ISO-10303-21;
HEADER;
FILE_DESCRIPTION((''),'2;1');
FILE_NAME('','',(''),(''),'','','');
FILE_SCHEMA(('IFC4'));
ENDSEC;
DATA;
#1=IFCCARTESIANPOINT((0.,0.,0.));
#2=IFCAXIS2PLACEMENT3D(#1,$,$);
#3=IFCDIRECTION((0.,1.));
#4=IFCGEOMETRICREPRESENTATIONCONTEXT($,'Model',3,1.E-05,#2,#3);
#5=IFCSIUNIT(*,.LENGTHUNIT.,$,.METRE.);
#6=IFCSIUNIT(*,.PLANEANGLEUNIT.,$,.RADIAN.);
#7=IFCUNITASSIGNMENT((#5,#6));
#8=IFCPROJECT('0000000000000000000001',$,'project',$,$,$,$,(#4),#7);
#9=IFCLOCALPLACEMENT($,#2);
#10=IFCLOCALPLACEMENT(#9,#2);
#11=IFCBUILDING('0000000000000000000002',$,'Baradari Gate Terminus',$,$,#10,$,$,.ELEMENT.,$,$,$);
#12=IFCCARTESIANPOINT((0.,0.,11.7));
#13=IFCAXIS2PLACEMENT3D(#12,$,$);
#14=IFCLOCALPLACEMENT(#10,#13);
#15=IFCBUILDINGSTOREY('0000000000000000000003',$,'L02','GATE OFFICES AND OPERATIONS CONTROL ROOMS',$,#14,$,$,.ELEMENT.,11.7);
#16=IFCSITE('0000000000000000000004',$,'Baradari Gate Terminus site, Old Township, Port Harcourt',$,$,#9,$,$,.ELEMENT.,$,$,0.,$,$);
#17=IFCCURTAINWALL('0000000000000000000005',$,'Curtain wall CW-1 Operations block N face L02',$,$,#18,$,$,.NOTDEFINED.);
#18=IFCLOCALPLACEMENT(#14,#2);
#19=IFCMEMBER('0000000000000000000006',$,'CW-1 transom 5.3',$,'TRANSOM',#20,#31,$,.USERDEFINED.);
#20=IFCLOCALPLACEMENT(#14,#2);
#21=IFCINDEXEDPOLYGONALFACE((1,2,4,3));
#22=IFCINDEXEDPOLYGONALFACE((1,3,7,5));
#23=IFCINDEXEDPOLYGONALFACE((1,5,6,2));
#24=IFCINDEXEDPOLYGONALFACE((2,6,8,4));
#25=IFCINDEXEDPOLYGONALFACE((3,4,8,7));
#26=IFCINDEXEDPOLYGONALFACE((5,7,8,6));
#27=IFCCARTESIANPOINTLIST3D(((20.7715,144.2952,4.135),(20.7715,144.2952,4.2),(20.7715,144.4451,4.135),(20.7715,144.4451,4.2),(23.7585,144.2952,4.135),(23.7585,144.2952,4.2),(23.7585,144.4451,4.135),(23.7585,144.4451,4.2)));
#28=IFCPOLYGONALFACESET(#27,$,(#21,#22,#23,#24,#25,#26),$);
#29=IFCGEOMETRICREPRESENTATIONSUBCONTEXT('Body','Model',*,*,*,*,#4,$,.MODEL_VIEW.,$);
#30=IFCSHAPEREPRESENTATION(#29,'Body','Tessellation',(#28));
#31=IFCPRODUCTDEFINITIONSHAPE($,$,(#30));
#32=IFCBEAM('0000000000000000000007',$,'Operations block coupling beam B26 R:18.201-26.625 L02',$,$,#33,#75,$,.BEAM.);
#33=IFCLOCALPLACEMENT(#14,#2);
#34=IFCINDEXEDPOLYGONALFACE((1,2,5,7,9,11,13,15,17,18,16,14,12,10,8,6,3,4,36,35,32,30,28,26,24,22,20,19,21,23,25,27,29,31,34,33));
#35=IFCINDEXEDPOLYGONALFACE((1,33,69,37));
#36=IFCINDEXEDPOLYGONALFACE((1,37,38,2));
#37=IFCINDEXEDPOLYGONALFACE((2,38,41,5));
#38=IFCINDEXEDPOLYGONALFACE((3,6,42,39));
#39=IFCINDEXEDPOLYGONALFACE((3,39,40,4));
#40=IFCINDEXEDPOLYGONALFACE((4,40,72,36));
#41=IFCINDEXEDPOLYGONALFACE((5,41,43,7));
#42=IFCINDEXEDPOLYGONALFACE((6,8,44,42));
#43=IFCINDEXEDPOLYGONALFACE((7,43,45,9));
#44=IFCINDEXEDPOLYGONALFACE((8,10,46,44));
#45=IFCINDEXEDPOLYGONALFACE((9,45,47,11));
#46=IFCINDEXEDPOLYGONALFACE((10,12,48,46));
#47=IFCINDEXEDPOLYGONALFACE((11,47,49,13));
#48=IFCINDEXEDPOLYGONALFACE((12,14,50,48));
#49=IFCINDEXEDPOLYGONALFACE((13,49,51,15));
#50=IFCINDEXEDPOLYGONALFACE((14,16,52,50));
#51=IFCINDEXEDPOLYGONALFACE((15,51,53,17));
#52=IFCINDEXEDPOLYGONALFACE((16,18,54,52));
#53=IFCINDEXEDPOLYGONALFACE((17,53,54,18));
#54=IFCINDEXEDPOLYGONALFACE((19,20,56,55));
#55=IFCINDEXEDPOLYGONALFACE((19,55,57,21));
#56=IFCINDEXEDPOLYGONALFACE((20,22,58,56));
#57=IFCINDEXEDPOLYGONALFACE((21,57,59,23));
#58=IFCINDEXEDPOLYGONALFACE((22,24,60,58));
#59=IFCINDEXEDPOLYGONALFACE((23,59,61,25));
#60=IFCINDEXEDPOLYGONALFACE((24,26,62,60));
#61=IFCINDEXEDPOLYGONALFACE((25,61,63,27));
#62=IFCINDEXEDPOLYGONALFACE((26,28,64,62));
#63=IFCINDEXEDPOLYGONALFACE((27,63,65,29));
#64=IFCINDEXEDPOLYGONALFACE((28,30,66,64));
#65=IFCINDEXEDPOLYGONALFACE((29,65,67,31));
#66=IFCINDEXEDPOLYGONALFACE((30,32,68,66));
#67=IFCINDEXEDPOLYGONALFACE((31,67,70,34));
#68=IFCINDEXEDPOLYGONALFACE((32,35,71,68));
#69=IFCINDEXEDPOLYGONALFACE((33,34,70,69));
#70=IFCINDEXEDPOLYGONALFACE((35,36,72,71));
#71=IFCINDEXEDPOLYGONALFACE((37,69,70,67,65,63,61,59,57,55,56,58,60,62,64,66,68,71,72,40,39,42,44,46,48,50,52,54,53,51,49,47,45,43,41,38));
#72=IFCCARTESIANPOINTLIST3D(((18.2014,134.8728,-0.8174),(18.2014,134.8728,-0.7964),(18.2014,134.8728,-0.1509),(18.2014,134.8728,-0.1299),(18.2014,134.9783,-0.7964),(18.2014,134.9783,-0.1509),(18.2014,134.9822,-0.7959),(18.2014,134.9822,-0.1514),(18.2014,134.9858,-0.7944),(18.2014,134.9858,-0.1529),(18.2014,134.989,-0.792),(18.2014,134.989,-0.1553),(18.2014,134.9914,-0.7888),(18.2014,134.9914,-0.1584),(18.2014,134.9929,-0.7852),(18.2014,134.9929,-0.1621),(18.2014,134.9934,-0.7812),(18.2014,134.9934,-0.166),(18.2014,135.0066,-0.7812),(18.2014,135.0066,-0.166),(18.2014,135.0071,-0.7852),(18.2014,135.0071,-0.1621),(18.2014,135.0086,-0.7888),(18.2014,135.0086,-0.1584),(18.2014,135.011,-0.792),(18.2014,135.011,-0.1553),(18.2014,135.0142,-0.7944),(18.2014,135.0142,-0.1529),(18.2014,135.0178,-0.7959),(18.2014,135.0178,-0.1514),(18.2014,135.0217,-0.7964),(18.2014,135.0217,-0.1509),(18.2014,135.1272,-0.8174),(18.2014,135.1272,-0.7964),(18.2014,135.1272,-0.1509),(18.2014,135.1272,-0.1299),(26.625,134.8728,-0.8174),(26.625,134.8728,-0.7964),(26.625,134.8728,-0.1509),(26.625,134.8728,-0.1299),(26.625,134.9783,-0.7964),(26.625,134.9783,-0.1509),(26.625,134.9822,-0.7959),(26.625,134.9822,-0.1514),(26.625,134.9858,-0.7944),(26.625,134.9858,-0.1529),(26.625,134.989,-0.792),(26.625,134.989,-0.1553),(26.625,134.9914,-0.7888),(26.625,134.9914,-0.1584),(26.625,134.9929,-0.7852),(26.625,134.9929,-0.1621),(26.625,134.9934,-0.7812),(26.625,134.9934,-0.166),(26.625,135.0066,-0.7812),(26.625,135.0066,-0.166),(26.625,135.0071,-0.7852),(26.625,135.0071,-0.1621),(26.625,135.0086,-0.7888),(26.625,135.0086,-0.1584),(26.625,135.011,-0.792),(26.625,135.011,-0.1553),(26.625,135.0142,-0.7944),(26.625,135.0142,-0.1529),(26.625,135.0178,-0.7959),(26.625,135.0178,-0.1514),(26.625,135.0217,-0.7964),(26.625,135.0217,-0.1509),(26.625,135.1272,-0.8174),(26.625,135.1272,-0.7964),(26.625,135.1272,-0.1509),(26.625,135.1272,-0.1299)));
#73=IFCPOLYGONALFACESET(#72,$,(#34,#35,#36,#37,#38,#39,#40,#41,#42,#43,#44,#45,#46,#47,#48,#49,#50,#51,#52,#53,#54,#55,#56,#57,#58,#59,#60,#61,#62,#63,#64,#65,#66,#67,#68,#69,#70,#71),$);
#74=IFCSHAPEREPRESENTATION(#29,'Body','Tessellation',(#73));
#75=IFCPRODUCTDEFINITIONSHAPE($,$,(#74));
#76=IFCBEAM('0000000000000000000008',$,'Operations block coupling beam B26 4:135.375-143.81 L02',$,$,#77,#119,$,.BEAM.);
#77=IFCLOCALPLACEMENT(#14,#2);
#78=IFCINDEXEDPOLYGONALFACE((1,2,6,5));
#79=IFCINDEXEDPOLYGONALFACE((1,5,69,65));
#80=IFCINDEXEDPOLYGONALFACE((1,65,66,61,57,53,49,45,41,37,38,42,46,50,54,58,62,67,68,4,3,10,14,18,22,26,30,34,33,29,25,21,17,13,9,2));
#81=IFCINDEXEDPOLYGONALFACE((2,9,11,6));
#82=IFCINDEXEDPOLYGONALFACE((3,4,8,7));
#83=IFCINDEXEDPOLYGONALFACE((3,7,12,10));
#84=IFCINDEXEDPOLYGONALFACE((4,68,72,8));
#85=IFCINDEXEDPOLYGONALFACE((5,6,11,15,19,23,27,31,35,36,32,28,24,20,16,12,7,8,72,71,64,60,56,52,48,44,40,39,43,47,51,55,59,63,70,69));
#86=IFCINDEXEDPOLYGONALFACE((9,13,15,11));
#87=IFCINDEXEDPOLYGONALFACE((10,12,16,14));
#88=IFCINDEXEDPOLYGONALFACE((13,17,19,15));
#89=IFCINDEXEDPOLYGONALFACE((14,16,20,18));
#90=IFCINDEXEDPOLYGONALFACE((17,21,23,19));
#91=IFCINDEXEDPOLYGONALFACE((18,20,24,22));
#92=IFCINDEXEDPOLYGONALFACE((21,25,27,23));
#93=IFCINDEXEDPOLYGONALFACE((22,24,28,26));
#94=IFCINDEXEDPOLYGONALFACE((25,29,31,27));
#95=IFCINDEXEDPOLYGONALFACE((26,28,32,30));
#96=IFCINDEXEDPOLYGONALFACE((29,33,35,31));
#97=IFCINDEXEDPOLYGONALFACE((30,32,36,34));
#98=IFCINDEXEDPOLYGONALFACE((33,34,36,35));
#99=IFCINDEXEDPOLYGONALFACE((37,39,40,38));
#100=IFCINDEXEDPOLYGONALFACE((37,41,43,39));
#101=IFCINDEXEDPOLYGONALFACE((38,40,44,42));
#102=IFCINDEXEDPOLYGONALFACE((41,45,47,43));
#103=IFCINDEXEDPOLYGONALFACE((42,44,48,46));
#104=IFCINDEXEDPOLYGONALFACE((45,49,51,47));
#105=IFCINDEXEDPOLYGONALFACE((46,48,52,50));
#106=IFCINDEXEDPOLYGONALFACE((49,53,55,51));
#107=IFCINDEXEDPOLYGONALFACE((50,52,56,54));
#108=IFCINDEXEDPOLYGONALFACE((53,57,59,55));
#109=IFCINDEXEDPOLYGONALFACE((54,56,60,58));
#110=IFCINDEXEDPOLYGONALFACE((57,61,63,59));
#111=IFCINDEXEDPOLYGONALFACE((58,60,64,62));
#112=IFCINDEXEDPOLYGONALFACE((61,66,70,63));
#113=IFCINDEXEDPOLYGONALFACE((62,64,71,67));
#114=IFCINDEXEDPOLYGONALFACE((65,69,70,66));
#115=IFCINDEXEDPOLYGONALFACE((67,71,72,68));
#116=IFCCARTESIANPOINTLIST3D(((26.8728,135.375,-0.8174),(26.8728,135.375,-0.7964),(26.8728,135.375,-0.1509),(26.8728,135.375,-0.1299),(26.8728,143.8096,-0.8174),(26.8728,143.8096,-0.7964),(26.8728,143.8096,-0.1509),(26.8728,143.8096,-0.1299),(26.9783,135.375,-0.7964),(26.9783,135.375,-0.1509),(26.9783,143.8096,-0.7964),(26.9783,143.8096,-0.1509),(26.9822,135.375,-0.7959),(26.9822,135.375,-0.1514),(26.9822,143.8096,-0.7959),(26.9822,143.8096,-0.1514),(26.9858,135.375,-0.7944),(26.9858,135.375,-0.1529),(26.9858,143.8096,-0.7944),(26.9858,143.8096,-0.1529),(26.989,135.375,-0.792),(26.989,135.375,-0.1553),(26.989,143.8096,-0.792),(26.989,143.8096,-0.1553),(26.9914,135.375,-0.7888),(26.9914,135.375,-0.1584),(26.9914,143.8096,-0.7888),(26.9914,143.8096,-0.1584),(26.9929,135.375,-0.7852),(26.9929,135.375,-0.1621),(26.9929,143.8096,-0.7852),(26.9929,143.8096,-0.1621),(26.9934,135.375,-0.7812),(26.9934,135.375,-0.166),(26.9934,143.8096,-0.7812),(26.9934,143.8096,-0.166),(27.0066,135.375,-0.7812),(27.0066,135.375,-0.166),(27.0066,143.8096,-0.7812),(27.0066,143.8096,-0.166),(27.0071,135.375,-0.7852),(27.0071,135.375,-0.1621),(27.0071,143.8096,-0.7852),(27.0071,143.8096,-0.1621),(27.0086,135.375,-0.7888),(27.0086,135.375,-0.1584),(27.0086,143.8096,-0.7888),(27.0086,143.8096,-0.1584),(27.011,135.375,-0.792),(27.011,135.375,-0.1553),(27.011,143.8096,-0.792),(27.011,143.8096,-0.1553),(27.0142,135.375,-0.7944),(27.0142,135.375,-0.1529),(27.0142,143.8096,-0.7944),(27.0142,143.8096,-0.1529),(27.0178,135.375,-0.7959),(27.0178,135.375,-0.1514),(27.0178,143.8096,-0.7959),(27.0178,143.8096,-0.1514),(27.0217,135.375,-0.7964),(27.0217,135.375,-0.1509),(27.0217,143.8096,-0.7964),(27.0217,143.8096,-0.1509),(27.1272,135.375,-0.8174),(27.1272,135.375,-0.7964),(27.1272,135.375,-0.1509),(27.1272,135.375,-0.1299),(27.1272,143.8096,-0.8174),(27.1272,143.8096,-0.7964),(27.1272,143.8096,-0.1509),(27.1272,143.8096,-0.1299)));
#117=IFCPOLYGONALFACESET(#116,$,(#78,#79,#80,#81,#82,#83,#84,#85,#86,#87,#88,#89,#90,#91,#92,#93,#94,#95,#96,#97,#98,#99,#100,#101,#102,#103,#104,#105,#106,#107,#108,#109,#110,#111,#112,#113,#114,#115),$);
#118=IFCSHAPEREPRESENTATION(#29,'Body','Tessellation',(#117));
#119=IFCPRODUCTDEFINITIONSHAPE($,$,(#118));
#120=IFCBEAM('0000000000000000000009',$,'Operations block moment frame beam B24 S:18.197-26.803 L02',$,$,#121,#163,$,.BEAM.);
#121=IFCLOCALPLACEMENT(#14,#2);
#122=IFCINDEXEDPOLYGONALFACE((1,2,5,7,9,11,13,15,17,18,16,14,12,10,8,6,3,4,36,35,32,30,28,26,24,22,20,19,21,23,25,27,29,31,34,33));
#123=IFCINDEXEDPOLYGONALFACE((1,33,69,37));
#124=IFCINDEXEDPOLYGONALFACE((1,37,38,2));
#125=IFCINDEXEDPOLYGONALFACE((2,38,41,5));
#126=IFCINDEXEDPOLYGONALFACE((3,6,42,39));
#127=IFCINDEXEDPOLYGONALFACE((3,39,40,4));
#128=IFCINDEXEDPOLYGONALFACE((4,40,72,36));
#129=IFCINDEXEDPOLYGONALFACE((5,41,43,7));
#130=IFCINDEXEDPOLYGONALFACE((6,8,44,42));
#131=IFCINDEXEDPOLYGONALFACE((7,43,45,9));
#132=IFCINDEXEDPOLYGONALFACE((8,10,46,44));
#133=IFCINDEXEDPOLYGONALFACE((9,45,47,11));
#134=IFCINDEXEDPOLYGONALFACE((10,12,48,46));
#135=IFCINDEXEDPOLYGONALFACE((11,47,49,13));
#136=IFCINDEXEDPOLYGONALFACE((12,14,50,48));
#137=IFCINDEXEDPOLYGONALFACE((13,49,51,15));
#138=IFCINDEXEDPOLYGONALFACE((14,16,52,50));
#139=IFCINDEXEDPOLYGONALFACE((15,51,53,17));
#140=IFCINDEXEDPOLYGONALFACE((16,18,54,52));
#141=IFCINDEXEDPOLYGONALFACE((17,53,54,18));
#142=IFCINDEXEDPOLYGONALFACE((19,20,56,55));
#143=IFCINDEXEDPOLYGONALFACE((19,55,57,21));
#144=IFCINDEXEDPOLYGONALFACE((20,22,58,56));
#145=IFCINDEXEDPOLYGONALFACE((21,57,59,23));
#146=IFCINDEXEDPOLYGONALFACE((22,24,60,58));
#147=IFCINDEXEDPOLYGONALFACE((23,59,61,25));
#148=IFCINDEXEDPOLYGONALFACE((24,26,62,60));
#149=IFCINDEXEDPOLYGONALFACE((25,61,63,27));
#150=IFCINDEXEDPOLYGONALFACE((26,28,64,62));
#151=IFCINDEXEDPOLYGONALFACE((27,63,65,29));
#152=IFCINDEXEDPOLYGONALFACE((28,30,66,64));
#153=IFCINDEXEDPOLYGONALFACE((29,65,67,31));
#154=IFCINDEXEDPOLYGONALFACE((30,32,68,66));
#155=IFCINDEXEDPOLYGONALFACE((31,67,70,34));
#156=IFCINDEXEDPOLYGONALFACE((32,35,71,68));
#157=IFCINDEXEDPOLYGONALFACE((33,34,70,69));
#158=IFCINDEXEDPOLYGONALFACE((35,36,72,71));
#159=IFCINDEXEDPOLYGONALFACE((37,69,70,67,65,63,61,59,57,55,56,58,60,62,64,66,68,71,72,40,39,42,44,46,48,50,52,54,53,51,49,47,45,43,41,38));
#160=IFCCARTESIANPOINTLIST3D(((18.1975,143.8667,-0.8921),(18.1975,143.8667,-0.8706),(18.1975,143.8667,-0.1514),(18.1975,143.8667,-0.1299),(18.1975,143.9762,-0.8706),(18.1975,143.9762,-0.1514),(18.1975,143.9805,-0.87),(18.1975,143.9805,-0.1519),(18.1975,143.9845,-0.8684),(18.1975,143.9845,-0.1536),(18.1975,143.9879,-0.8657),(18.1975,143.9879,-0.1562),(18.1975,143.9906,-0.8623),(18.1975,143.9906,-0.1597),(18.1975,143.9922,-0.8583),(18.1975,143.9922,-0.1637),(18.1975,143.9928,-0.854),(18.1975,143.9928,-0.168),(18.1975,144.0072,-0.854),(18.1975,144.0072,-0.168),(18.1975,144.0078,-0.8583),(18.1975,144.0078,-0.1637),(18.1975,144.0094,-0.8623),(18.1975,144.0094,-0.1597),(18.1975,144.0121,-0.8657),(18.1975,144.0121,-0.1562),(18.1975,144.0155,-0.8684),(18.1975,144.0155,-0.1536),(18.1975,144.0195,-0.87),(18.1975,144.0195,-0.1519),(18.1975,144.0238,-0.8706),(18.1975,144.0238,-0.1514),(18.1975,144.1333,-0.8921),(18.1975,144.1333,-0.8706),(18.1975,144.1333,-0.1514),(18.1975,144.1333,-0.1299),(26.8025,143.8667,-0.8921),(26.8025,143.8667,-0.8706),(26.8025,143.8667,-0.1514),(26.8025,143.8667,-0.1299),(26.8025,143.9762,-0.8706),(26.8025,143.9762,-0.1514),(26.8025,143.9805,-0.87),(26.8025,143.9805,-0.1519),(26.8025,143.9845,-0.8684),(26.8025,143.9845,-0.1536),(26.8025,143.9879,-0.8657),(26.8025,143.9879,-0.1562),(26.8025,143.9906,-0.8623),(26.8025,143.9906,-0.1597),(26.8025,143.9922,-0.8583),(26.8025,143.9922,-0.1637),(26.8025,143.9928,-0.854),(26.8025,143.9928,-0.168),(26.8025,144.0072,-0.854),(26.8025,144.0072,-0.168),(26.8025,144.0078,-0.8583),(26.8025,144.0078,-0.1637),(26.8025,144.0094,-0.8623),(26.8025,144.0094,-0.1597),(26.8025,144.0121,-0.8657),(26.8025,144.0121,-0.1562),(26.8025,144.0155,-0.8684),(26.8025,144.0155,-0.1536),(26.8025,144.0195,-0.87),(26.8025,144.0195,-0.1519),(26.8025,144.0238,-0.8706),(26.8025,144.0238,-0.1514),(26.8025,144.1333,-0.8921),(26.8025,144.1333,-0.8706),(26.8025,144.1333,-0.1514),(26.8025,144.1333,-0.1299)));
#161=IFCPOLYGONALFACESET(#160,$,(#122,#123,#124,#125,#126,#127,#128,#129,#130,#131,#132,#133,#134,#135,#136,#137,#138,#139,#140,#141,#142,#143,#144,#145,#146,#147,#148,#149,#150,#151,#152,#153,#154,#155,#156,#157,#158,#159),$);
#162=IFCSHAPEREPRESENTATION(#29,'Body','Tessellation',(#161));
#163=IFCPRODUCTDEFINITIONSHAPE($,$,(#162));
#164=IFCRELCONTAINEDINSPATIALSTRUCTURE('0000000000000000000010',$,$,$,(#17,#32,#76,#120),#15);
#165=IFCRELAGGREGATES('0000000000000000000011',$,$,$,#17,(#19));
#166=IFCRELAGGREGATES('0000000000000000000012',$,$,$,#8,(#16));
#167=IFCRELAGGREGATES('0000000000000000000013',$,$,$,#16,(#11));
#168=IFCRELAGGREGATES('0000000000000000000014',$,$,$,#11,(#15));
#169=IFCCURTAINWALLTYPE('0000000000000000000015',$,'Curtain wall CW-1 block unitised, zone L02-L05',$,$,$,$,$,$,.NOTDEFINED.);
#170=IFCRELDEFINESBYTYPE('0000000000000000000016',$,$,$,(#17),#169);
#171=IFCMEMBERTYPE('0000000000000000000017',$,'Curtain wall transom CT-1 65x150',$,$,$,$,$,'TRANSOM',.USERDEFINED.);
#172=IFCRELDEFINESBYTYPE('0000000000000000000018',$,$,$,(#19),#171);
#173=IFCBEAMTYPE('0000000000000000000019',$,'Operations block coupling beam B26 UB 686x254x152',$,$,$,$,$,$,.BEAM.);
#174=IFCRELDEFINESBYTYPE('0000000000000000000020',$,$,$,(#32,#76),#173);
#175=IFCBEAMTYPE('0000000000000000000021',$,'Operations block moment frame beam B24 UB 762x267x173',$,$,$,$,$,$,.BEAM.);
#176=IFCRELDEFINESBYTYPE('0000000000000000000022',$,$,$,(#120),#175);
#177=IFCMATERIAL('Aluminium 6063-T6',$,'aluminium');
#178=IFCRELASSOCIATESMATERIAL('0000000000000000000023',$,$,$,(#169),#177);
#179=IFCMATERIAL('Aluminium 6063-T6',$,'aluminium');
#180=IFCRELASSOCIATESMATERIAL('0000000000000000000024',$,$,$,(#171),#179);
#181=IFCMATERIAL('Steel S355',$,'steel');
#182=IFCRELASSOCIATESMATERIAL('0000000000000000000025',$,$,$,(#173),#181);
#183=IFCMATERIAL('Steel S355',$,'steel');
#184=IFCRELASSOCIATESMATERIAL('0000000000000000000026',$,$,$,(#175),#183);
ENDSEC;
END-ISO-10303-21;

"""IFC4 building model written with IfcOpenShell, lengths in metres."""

from ifc_helpers import new_model, si_unit, direction, frame, origin, origin_2d, place, context, subcontext, project, spatial, rectangle, i_section, extrude, material, material_profile, profile_set, type_object, element, aggregate, save


model = new_model("IFC4")

# Units and contexts
model_context = context("Model", 3, precision=1e-05, world=origin(), true_north=direction((0.0, 1.0)))
body_context = subcontext(model_context, "Body", "Model", "MODEL_VIEW")
ifc_project = project(units=[si_unit("LENGTHUNIT", "METRE"), si_unit("PLANEANGLEUNIT", "RADIAN")], contexts=[model_context])

# Site, building, storey
site_placement = place(None, origin())
site = spatial("IfcSite", under=ifc_project, at=site_placement, Name="Baradari Gate Terminus site, Old Township, Port Harcourt", CompositionType="ELEMENT", RefElevation=0.0)
building_placement = place(site_placement, origin())
building = spatial("IfcBuilding", under=site, at=building_placement, Name="Baradari Gate Terminus", CompositionType="ELEMENT")
storey_placement = place(building_placement, frame((0.0, 0.0, 11.7)))
storey = spatial("IfcBuildingStorey", under=building, at=storey_placement, Name="L02", Description="GATE OFFICES AND OPERATIONS CONTROL ROOMS", CompositionType="ELEMENT", Elevation=11.7)

# Curtain wall, member
ifc_material_1 = material(Name="Aluminium 6063-T6", Category="aluminium")
curtain_wall_type = type_object("IfcCurtainWallType", Name="Curtain wall CW-1 block unitised, zone L02-L05", PredefinedType="NOTDEFINED", material=ifc_material_1)
curtain_wall_placement = place(storey_placement, origin())
curtain_wall = element("IfcCurtainWall", 1, at=curtain_wall_placement, inside=storey, type_object=curtain_wall_type, Name="Curtain wall CW-1 Operations block N face L02", PredefinedType="NOTDEFINED")
ifc_material_2 = material(Name="Aluminium 6063-T6", Category="aluminium")
ifc_material_profile_1 = material_profile(ifc_material_2, rectangle(XDim=0.1499, YDim=0.0649, at=origin_2d()), Name="CT-1 65X150")
ifc_profile_set_1 = profile_set([ifc_material_profile_1], Name="Aluminium 6063-T6")
member_type_1 = type_object("IfcMemberType", Name="Curtain wall transom CT-1 65x150", ElementType="TRANSOM", PredefinedType="USERDEFINED", material=ifc_profile_set_1)
member_1_placement = place(storey_placement, frame((20.7715, 144.3701, 4.1675), z_axis=(1.0, 0.0, 0.0), x_axis=(0.0, 1.0, 0.0)))
member_1 = element("IfcMember", 2, at=member_1_placement, type_object=member_type_1, Name="CW-1 transom 5.3", ObjectType="TRANSOM", PredefinedType="USERDEFINED", context=body_context, shape_type="SweptSolid", body=[
    extrude(rectangle(XDim=0.1499, YDim=0.0649, at=origin_2d()), origin(), (0.0, 0.0, 1.0), 2.9871),
])

# Beams
ifc_material_3 = material(Name="Steel S355", Category="steel")
ifc_material_profile_2 = material_profile(ifc_material_3, i_section(OverallWidth=0.2544, OverallDepth=0.6875, WebThickness=0.0132, FlangeThickness=0.021, FilletRadius=0.0151, at=origin_2d()), Name="UB 686x254x152")
ifc_profile_set_2 = profile_set([ifc_material_profile_2], Name="Steel S355")
beam_type_1 = type_object("IfcBeamType", Name="Operations block coupling beam B26 UB 686x254x152", PredefinedType="BEAM", material=ifc_profile_set_2)
beam_1_placement = place(storey_placement, frame((18.2014, 135.0, -0.4736), z_axis=(1.0, 0.0, 0.0), x_axis=(0.0, 1.0, 0.0)))
element("IfcBeam", 3, at=beam_1_placement, inside=storey, type_object=beam_type_1, Name="Operations block coupling beam B26 R:18.201-26.625 L02", PredefinedType="BEAM", context=body_context, shape_type="SweptSolid", body=[
    extrude(i_section(OverallWidth=0.2544, OverallDepth=0.6875, WebThickness=0.0132, FlangeThickness=0.021, FilletRadius=0.0151, at=origin_2d()), origin(), (0.0, 0.0, 1.0), 8.4236),
])
beam_2_placement = place(storey_placement, frame((27.0, 135.375, -0.4736), z_axis=(0.0, 1.0, 0.0), x_axis=(-1.0, 0.0, 0.0)))
element("IfcBeam", 4, at=beam_2_placement, inside=storey, type_object=beam_type_1, Name="Operations block coupling beam B26 4:135.375-143.81 L02", PredefinedType="BEAM", context=body_context, shape_type="SweptSolid", body=[
    extrude(i_section(OverallWidth=0.2544, OverallDepth=0.6875, WebThickness=0.0132, FlangeThickness=0.021, FilletRadius=0.0151, at=origin_2d()), origin(), (0.0, 0.0, 1.0), 8.4346),
])
ifc_material_4 = material(Name="Steel S355", Category="steel")
ifc_material_profile_3 = material_profile(ifc_material_4, i_section(OverallWidth=0.2666, OverallDepth=0.7622, WebThickness=0.0144, FlangeThickness=0.0215, FilletRadius=0.0166, at=origin_2d()), Name="UB 762x267x173")
ifc_profile_set_3 = profile_set([ifc_material_profile_3], Name="Steel S355")
beam_type_2 = type_object("IfcBeamType", Name="Operations block moment frame beam B24 UB 762x267x173", PredefinedType="BEAM", material=ifc_profile_set_3)
for number, where, z_axis, x_axis, name in (
    (5, (18.1975, 144.0, -0.511), (1.0, 0.0, 0.0), (0.0, 1.0, 0.0), "Operations block moment frame beam B24 S:18.197-26.803 L02"),
):
    element("IfcBeam", number, at=place(storey_placement, frame(where, z_axis=z_axis, x_axis=x_axis)), inside=storey, type_object=beam_type_2, Name=name, PredefinedType="BEAM", context=body_context, shape_type="SweptSolid", body=[
        extrude(i_section(OverallWidth=0.2666, OverallDepth=0.7622, WebThickness=0.0144, FlangeThickness=0.0215, FilletRadius=0.0166, at=origin_2d()), origin(), (0.0, 0.0, 1.0), 8.605),
    ])

aggregate(curtain_wall, [member_1])

save(model, "model.ifc")
